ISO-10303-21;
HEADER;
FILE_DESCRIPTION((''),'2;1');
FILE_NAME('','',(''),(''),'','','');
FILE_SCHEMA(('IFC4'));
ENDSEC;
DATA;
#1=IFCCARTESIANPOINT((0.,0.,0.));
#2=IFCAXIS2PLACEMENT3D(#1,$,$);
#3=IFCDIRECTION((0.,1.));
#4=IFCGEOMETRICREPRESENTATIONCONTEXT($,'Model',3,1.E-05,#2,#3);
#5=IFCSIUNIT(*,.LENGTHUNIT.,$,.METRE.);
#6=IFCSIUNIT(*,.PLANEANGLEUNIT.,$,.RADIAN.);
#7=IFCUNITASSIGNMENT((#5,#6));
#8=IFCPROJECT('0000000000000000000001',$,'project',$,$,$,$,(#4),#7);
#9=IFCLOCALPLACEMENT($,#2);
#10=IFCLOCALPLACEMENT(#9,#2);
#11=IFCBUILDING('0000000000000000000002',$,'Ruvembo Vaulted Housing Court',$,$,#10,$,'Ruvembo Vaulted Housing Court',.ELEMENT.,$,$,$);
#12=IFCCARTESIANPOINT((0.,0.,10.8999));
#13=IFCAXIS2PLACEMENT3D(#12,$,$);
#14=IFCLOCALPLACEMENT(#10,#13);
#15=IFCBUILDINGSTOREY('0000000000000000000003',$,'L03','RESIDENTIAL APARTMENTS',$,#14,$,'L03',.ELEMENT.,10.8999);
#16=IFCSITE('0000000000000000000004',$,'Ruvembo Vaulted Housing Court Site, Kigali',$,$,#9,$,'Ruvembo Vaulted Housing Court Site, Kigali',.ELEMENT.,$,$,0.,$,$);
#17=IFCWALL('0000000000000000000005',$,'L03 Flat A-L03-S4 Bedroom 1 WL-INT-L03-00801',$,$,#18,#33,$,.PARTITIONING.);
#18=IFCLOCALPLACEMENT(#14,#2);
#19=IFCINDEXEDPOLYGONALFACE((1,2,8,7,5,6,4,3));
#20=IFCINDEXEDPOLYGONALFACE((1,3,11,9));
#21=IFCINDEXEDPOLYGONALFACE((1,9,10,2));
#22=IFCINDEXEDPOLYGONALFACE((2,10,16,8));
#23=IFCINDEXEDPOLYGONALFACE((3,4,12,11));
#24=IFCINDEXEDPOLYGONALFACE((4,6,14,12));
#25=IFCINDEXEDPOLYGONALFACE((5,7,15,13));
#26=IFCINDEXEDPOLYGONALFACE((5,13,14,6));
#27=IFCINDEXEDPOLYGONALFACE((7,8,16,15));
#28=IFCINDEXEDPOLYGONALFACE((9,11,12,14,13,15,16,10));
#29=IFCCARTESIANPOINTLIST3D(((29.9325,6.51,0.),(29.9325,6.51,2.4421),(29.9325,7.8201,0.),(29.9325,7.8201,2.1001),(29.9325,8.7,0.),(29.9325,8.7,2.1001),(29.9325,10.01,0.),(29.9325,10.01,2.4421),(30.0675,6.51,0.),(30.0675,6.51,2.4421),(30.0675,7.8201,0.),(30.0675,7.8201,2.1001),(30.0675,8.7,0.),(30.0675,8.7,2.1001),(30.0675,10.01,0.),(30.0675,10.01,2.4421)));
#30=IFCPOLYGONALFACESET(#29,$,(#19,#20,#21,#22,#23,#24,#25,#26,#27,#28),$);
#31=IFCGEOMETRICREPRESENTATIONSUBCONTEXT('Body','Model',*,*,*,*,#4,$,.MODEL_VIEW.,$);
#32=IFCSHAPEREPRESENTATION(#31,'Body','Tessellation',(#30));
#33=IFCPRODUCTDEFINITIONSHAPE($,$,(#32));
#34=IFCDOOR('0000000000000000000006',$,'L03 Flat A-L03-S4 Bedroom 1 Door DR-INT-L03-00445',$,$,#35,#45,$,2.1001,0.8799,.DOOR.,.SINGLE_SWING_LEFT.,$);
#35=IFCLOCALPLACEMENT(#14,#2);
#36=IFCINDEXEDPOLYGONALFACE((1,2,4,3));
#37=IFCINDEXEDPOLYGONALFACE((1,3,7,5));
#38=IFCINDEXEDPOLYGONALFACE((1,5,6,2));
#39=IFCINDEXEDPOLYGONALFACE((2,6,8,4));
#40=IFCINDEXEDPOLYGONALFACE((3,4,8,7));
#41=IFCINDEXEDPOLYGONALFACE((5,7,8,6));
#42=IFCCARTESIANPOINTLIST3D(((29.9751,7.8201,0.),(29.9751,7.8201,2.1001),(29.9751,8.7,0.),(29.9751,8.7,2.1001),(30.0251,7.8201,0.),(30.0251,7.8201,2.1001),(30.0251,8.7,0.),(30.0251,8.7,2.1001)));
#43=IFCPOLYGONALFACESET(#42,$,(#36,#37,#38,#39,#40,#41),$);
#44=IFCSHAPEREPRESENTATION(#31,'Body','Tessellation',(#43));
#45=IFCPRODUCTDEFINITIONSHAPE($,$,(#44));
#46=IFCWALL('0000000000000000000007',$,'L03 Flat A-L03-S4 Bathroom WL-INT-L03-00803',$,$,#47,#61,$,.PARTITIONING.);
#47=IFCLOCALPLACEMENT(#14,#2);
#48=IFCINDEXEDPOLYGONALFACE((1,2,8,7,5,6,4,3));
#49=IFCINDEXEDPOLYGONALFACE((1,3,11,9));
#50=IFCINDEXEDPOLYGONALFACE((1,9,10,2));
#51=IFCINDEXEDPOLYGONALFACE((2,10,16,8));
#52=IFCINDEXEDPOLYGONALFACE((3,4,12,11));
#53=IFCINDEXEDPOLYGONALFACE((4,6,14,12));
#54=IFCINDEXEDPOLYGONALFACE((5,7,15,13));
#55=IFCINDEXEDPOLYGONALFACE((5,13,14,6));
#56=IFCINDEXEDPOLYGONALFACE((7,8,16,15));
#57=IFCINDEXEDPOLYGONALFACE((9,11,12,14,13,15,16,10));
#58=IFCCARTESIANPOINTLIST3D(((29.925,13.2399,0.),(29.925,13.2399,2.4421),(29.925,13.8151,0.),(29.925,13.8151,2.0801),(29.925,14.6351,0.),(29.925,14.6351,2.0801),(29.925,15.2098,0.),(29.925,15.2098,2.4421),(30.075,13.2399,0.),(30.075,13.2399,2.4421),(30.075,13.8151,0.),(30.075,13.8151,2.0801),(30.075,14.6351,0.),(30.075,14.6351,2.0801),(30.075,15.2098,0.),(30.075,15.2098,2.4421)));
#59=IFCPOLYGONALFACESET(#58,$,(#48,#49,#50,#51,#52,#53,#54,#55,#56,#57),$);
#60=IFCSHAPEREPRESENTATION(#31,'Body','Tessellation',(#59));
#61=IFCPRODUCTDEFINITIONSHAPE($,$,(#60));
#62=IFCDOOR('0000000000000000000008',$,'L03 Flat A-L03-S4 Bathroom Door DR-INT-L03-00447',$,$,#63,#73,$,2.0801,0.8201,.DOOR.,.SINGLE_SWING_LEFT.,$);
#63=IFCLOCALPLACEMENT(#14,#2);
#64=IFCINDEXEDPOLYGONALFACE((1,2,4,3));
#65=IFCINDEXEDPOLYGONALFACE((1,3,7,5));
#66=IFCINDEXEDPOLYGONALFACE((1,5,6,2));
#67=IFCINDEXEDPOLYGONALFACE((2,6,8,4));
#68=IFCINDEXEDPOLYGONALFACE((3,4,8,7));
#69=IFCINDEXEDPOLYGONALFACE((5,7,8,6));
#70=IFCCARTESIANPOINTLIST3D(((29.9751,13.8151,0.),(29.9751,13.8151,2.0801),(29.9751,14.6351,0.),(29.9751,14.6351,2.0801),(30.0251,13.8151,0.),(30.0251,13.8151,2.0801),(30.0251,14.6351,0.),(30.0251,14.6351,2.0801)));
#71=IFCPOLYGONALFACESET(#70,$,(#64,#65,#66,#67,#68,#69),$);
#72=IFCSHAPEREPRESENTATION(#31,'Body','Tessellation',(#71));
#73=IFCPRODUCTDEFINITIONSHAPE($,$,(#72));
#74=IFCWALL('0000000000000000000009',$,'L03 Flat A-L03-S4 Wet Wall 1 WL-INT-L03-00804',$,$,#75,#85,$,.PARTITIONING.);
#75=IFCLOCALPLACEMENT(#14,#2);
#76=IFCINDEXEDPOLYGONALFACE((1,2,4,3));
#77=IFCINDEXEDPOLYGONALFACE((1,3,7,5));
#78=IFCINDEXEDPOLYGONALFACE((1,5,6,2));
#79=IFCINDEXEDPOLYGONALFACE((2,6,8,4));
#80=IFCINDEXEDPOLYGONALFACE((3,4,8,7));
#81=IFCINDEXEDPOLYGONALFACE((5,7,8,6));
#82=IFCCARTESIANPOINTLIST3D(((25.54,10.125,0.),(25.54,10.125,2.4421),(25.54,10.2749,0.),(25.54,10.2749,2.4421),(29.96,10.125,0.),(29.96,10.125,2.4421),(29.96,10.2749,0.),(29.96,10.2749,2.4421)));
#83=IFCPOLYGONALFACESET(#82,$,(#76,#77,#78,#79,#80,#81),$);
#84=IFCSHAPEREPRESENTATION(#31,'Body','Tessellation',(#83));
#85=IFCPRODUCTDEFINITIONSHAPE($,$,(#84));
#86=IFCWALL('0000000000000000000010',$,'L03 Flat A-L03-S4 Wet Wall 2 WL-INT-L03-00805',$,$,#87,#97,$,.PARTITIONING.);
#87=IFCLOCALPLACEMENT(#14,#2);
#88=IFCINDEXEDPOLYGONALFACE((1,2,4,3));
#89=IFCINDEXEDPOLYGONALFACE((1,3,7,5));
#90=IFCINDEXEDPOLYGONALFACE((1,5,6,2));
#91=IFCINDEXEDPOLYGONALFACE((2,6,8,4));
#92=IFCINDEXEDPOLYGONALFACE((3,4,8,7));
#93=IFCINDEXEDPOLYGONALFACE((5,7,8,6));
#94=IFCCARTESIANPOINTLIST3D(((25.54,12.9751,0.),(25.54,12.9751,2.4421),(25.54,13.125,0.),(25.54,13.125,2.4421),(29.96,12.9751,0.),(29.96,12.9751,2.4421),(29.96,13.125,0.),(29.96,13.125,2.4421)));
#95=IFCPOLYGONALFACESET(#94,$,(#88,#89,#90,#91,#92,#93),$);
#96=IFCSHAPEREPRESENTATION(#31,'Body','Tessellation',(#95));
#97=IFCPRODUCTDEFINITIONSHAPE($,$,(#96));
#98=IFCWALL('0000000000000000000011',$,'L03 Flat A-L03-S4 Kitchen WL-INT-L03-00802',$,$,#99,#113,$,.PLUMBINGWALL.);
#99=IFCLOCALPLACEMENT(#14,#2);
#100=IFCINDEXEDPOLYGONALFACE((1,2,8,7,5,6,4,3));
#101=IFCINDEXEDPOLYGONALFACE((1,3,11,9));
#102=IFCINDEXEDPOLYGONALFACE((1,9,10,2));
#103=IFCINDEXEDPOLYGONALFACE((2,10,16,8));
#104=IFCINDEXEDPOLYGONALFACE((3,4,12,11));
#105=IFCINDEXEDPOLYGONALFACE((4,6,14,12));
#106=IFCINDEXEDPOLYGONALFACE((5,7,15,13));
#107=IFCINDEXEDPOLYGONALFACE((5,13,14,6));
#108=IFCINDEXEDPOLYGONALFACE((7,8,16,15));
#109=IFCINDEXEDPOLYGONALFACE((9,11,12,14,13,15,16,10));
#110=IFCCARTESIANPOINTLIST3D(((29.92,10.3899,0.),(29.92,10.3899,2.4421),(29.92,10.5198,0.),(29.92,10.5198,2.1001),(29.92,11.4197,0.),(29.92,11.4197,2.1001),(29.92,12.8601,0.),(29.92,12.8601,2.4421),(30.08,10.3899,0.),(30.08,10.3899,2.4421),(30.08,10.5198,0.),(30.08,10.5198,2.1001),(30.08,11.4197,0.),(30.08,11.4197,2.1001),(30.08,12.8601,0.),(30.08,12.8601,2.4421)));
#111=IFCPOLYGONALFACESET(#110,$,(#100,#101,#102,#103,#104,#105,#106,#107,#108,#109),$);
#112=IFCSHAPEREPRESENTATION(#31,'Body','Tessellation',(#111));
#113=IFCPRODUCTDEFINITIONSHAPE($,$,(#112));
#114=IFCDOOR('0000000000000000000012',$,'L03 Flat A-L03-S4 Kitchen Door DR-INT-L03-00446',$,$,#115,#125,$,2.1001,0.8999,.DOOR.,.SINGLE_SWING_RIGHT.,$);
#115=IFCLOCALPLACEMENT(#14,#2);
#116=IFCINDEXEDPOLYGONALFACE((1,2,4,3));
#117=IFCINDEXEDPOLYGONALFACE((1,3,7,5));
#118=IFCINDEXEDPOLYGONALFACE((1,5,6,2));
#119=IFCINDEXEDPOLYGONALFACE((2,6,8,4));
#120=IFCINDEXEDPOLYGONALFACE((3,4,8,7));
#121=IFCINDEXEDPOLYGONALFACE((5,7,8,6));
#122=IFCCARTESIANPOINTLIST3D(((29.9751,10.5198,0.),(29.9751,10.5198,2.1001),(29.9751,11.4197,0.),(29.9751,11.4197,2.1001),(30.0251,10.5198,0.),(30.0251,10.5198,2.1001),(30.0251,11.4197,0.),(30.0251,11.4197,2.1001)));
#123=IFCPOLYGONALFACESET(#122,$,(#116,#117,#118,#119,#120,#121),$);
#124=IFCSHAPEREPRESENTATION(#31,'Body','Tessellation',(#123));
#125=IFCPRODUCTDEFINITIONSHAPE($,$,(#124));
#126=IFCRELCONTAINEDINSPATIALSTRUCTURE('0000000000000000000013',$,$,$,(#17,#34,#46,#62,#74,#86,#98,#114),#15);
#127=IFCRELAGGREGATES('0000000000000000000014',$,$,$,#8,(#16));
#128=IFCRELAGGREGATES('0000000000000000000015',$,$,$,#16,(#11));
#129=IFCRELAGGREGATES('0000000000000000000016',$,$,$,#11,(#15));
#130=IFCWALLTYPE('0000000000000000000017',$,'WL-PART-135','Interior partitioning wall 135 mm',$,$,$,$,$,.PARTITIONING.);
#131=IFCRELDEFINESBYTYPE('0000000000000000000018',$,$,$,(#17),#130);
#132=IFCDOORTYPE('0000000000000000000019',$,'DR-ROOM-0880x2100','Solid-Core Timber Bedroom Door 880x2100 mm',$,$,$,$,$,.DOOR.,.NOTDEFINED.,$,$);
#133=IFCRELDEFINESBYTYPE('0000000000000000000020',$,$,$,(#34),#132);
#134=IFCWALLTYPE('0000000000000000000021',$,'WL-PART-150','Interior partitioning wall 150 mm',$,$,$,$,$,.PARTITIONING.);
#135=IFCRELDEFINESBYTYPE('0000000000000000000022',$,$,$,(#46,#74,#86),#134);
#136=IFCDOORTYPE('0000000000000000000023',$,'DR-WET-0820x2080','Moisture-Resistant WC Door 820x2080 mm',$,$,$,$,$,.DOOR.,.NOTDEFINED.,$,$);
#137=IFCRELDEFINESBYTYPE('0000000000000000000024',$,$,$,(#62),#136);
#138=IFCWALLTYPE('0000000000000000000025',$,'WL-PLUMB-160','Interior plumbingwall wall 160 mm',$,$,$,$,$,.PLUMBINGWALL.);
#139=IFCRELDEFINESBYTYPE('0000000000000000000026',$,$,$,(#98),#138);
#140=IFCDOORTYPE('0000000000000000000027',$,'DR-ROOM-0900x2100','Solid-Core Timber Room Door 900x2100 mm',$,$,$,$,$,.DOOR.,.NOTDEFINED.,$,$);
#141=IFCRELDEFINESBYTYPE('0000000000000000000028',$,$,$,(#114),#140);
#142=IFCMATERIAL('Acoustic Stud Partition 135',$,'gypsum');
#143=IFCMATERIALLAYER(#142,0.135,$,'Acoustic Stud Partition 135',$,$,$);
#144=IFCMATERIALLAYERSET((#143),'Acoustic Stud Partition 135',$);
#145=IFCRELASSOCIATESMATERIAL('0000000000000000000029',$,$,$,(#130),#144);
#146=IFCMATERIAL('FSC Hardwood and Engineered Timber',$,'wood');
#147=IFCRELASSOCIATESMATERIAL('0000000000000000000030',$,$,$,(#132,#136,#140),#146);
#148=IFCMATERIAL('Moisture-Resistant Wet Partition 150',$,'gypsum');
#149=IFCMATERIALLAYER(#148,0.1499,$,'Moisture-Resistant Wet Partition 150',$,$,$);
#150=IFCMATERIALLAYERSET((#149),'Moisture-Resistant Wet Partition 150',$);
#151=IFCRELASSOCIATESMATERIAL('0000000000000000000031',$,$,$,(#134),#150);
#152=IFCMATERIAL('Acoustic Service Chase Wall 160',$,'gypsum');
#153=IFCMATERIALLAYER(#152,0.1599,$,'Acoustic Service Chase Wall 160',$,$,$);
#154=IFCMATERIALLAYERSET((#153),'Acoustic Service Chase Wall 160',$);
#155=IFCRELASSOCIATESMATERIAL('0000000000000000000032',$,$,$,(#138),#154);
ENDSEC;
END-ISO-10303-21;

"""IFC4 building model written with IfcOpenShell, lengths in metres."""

from ifc_helpers import new_model, si_unit, direction, frame, frame_2d, origin, place, context, subcontext, project, spatial, rectangle, extrude, material, layer, layer_set, type_object, element, fill, save


model = new_model("IFC4")

# Units and contexts
model_context = context("Model", 3, precision=1e-05, world=origin(), true_north=direction((0.0, 1.0)))
body_context = subcontext(model_context, "Body", "Model", "MODEL_VIEW")
ifc_project = project(units=[si_unit("LENGTHUNIT", "METRE"), si_unit("PLANEANGLEUNIT", "RADIAN")], contexts=[model_context])

# Site, building, storey
site_placement = place(None, origin())
site = spatial("IfcSite", under=ifc_project, at=site_placement, Name="Ruvembo Vaulted Housing Court Site, Kigali", LongName="Ruvembo Vaulted Housing Court Site, Kigali", CompositionType="ELEMENT", RefElevation=0.0)
building_placement = place(site_placement, origin())
building = spatial("IfcBuilding", under=site, at=building_placement, Name="Ruvembo Vaulted Housing Court", LongName="Ruvembo Vaulted Housing Court", CompositionType="ELEMENT")
storey_placement = place(building_placement, frame((0.0, 0.0, 10.8999)))
storey = spatial("IfcBuildingStorey", under=building, at=storey_placement, Name="L03", Description="RESIDENTIAL APARTMENTS", LongName="L03", CompositionType="ELEMENT", Elevation=10.8999)

# Walls, openings, doors
ifc_material_1 = material(Name="Acoustic Stud Partition 135", Category="gypsum")
ifc_layer_1 = layer(ifc_material_1, 0.135, Name="Acoustic Stud Partition 135")
ifc_layer_set_1 = layer_set([ifc_layer_1], Name="Acoustic Stud Partition 135")
wall_type_1 = type_object("IfcWallType", Name="WL-PART-135", Description="Interior partitioning wall 135 mm", PredefinedType="PARTITIONING", material=ifc_layer_set_1)
wall_1_placement = place(storey_placement, frame((30.0, 6.51, 0.0), z_axis=(0.0, 0.0, 1.0), x_axis=(0.0, 1.0, 0.0)))
wall_1 = element("IfcWall", 1, at=wall_1_placement, inside=storey, type_object=wall_type_1, Name="L03 Flat A-L03-S4 Bedroom 1 WL-INT-L03-00801", PredefinedType="PARTITIONING", context=body_context, shape_type="SweptSolid", body=[
    extrude(rectangle(XDim=3.5, YDim=0.135, at=frame_2d((1.75, 0.0))), origin(), (0.0, 0.0, 1.0), 2.4421),
])
opening_1_placement = place(wall_1_placement, frame((1.3101, 0.0, 0.0)))
opening_1 = element("IfcOpeningElement", 2, at=opening_1_placement, cuts=wall_1, PredefinedType="OPENING", context=body_context, shape_type="SweptSolid", body=[
    extrude(rectangle(XDim=0.8799, YDim=2.1001, at=frame_2d((0.4399, 1.05))), frame((0.0, 0.0774, 0.0), z_axis=(0.0, -1.0, 0.0), x_axis=(1.0, 0.0, 0.0)), (0.0, 0.0, 1.0), 0.155),
])
ifc_material_2 = material(Name="FSC Hardwood and Engineered Timber", Category="wood")
door_type_1 = type_object("IfcDoorType", Name="DR-ROOM-0880x2100", Description="Solid-Core Timber Bedroom Door 880x2100 mm", OperationType="NOTDEFINED", PredefinedType="DOOR", material=ifc_material_2)
door_1_placement = place(opening_1_placement, origin())
door_1 = element("IfcDoor", 3, at=door_1_placement, inside=storey, type_object=door_type_1, Name="L03 Flat A-L03-S4 Bedroom 1 Door DR-INT-L03-00445", OperationType="SINGLE_SWING_LEFT", OverallHeight=2.1001, OverallWidth=0.8799, PredefinedType="DOOR", context=body_context, shape_type="SweptSolid", body=[
    extrude(rectangle(XDim=0.8799, YDim=2.1001, at=frame_2d((0.4399, 1.05))), frame((0.0, 0.0249, 0.0), z_axis=(0.0, -1.0, 0.0), x_axis=(1.0, 0.0, 0.0)), (0.0, 0.0, 1.0), 0.05),
])
fill(opening_1, door_1)
ifc_material_3 = material(Name="Moisture-Resistant Wet Partition 150", Category="gypsum")
ifc_layer_2 = layer(ifc_material_3, 0.1499, Name="Moisture-Resistant Wet Partition 150")
ifc_layer_set_2 = layer_set([ifc_layer_2], Name="Moisture-Resistant Wet Partition 150")
wall_type_2 = type_object("IfcWallType", Name="WL-PART-150", Description="Interior partitioning wall 150 mm", PredefinedType="PARTITIONING", material=ifc_layer_set_2)
wall_2_placement = place(storey_placement, frame((30.0, 13.24, 0.0), z_axis=(0.0, 0.0, 1.0), x_axis=(0.0, 1.0, 0.0)))
wall_2 = element("IfcWall", 4, at=wall_2_placement, inside=storey, type_object=wall_type_2, Name="L03 Flat A-L03-S4 Bathroom WL-INT-L03-00803", PredefinedType="PARTITIONING", context=body_context, shape_type="SweptSolid", body=[
    extrude(rectangle(XDim=1.97, YDim=0.1499, at=frame_2d((0.9849, 0.0))), origin(), (0.0, 0.0, 1.0), 2.4421),
])
opening_2_placement = place(wall_2_placement, frame((0.575, 0.0, 0.0)))
opening_2 = element("IfcOpeningElement", 5, at=opening_2_placement, cuts=wall_2, PredefinedType="OPENING", context=body_context, shape_type="SweptSolid", body=[
    extrude(rectangle(XDim=0.8201, YDim=2.0801, at=frame_2d((0.4102, 1.04))), frame((0.0, 0.085, 0.0), z_axis=(0.0, -1.0, 0.0), x_axis=(1.0, 0.0, 0.0)), (0.0, 0.0, 1.0), 0.1699),
])
door_type_2 = type_object("IfcDoorType", Name="DR-WET-0820x2080", Description="Moisture-Resistant WC Door 820x2080 mm", OperationType="NOTDEFINED", PredefinedType="DOOR", material=ifc_material_2)
door_2_placement = place(opening_2_placement, origin())
door_2 = element("IfcDoor", 6, at=door_2_placement, inside=storey, type_object=door_type_2, Name="L03 Flat A-L03-S4 Bathroom Door DR-INT-L03-00447", OperationType="SINGLE_SWING_LEFT", OverallHeight=2.0801, OverallWidth=0.8201, PredefinedType="DOOR", context=body_context, shape_type="SweptSolid", body=[
    extrude(rectangle(XDim=0.8201, YDim=2.0801, at=frame_2d((0.4102, 1.04))), frame((0.0, 0.0249, 0.0), z_axis=(0.0, -1.0, 0.0), x_axis=(1.0, 0.0, 0.0)), (0.0, 0.0, 1.0), 0.05),
])
fill(opening_2, door_2)

# Walls
for number, where, z_axis, x_axis, name in (
    (7, (25.54, 10.2, 0.0), (0.0, 0.0, 1.0), (1.0, 0.0, 0.0), "L03 Flat A-L03-S4 Wet Wall 1 WL-INT-L03-00804"),
    (8, (25.54, 13.05, 0.0), (0.0, 0.0, 1.0), (1.0, 0.0, 0.0), "L03 Flat A-L03-S4 Wet Wall 2 WL-INT-L03-00805"),
):
    element("IfcWall", number, at=place(storey_placement, frame(where, z_axis=z_axis, x_axis=x_axis)), inside=storey, type_object=wall_type_2, Name=name, PredefinedType="PARTITIONING", context=body_context, shape_type="SweptSolid", body=[
        extrude(rectangle(XDim=4.4199, YDim=0.1499, at=frame_2d((2.21, 0.0))), origin(), (0.0, 0.0, 1.0), 2.4421),
    ])

# Wall, opening, door
ifc_material_4 = material(Name="Acoustic Service Chase Wall 160", Category="gypsum")
ifc_layer_3 = layer(ifc_material_4, 0.1599, Name="Acoustic Service Chase Wall 160")
ifc_layer_set_3 = layer_set([ifc_layer_3], Name="Acoustic Service Chase Wall 160")
wall_type_3 = type_object("IfcWallType", Name="WL-PLUMB-160", Description="Interior plumbingwall wall 160 mm", PredefinedType="PLUMBINGWALL", material=ifc_layer_set_3)
wall_3_placement = place(storey_placement, frame((30.0, 10.3899, 0.0), z_axis=(0.0, 0.0, 1.0), x_axis=(0.0, 1.0, 0.0)))
wall_3 = element("IfcWall", 9, at=wall_3_placement, inside=storey, type_object=wall_type_3, Name="L03 Flat A-L03-S4 Kitchen WL-INT-L03-00802", PredefinedType="PLUMBINGWALL", context=body_context, shape_type="SweptSolid", body=[
    extrude(rectangle(XDim=2.4702, YDim=0.1599, at=frame_2d((1.2351, 0.0))), origin(), (0.0, 0.0, 1.0), 2.4421),
])
opening_3_placement = place(wall_3_placement, frame((0.1299, 0.0, 0.0)))
opening_3 = element("IfcOpeningElement", 10, at=opening_3_placement, cuts=wall_3, PredefinedType="OPENING", context=body_context, shape_type="SweptSolid", body=[
    extrude(rectangle(XDim=0.8999, YDim=2.1001, at=frame_2d((0.45, 1.05))), frame((0.0, 0.0898, 0.0), z_axis=(0.0, -1.0, 0.0), x_axis=(1.0, 0.0, 0.0)), (0.0, 0.0, 1.0), 0.1799),
])
door_type_3 = type_object("IfcDoorType", Name="DR-ROOM-0900x2100", Description="Solid-Core Timber Room Door 900x2100 mm", OperationType="NOTDEFINED", PredefinedType="DOOR", material=ifc_material_2)
door_3_placement = place(opening_3_placement, origin())
door_3 = element("IfcDoor", 11, at=door_3_placement, inside=storey, type_object=door_type_3, Name="L03 Flat A-L03-S4 Kitchen Door DR-INT-L03-00446", OperationType="SINGLE_SWING_RIGHT", OverallHeight=2.1001, OverallWidth=0.8999, PredefinedType="DOOR", context=body_context, shape_type="SweptSolid", body=[
    extrude(rectangle(XDim=0.8999, YDim=2.1001, at=frame_2d((0.45, 1.05))), frame((0.0, 0.0249, 0.0), z_axis=(0.0, -1.0, 0.0), x_axis=(1.0, 0.0, 0.0)), (0.0, 0.0, 1.0), 0.05),
])
fill(opening_3, door_3)

save(model, "model.ifc")
